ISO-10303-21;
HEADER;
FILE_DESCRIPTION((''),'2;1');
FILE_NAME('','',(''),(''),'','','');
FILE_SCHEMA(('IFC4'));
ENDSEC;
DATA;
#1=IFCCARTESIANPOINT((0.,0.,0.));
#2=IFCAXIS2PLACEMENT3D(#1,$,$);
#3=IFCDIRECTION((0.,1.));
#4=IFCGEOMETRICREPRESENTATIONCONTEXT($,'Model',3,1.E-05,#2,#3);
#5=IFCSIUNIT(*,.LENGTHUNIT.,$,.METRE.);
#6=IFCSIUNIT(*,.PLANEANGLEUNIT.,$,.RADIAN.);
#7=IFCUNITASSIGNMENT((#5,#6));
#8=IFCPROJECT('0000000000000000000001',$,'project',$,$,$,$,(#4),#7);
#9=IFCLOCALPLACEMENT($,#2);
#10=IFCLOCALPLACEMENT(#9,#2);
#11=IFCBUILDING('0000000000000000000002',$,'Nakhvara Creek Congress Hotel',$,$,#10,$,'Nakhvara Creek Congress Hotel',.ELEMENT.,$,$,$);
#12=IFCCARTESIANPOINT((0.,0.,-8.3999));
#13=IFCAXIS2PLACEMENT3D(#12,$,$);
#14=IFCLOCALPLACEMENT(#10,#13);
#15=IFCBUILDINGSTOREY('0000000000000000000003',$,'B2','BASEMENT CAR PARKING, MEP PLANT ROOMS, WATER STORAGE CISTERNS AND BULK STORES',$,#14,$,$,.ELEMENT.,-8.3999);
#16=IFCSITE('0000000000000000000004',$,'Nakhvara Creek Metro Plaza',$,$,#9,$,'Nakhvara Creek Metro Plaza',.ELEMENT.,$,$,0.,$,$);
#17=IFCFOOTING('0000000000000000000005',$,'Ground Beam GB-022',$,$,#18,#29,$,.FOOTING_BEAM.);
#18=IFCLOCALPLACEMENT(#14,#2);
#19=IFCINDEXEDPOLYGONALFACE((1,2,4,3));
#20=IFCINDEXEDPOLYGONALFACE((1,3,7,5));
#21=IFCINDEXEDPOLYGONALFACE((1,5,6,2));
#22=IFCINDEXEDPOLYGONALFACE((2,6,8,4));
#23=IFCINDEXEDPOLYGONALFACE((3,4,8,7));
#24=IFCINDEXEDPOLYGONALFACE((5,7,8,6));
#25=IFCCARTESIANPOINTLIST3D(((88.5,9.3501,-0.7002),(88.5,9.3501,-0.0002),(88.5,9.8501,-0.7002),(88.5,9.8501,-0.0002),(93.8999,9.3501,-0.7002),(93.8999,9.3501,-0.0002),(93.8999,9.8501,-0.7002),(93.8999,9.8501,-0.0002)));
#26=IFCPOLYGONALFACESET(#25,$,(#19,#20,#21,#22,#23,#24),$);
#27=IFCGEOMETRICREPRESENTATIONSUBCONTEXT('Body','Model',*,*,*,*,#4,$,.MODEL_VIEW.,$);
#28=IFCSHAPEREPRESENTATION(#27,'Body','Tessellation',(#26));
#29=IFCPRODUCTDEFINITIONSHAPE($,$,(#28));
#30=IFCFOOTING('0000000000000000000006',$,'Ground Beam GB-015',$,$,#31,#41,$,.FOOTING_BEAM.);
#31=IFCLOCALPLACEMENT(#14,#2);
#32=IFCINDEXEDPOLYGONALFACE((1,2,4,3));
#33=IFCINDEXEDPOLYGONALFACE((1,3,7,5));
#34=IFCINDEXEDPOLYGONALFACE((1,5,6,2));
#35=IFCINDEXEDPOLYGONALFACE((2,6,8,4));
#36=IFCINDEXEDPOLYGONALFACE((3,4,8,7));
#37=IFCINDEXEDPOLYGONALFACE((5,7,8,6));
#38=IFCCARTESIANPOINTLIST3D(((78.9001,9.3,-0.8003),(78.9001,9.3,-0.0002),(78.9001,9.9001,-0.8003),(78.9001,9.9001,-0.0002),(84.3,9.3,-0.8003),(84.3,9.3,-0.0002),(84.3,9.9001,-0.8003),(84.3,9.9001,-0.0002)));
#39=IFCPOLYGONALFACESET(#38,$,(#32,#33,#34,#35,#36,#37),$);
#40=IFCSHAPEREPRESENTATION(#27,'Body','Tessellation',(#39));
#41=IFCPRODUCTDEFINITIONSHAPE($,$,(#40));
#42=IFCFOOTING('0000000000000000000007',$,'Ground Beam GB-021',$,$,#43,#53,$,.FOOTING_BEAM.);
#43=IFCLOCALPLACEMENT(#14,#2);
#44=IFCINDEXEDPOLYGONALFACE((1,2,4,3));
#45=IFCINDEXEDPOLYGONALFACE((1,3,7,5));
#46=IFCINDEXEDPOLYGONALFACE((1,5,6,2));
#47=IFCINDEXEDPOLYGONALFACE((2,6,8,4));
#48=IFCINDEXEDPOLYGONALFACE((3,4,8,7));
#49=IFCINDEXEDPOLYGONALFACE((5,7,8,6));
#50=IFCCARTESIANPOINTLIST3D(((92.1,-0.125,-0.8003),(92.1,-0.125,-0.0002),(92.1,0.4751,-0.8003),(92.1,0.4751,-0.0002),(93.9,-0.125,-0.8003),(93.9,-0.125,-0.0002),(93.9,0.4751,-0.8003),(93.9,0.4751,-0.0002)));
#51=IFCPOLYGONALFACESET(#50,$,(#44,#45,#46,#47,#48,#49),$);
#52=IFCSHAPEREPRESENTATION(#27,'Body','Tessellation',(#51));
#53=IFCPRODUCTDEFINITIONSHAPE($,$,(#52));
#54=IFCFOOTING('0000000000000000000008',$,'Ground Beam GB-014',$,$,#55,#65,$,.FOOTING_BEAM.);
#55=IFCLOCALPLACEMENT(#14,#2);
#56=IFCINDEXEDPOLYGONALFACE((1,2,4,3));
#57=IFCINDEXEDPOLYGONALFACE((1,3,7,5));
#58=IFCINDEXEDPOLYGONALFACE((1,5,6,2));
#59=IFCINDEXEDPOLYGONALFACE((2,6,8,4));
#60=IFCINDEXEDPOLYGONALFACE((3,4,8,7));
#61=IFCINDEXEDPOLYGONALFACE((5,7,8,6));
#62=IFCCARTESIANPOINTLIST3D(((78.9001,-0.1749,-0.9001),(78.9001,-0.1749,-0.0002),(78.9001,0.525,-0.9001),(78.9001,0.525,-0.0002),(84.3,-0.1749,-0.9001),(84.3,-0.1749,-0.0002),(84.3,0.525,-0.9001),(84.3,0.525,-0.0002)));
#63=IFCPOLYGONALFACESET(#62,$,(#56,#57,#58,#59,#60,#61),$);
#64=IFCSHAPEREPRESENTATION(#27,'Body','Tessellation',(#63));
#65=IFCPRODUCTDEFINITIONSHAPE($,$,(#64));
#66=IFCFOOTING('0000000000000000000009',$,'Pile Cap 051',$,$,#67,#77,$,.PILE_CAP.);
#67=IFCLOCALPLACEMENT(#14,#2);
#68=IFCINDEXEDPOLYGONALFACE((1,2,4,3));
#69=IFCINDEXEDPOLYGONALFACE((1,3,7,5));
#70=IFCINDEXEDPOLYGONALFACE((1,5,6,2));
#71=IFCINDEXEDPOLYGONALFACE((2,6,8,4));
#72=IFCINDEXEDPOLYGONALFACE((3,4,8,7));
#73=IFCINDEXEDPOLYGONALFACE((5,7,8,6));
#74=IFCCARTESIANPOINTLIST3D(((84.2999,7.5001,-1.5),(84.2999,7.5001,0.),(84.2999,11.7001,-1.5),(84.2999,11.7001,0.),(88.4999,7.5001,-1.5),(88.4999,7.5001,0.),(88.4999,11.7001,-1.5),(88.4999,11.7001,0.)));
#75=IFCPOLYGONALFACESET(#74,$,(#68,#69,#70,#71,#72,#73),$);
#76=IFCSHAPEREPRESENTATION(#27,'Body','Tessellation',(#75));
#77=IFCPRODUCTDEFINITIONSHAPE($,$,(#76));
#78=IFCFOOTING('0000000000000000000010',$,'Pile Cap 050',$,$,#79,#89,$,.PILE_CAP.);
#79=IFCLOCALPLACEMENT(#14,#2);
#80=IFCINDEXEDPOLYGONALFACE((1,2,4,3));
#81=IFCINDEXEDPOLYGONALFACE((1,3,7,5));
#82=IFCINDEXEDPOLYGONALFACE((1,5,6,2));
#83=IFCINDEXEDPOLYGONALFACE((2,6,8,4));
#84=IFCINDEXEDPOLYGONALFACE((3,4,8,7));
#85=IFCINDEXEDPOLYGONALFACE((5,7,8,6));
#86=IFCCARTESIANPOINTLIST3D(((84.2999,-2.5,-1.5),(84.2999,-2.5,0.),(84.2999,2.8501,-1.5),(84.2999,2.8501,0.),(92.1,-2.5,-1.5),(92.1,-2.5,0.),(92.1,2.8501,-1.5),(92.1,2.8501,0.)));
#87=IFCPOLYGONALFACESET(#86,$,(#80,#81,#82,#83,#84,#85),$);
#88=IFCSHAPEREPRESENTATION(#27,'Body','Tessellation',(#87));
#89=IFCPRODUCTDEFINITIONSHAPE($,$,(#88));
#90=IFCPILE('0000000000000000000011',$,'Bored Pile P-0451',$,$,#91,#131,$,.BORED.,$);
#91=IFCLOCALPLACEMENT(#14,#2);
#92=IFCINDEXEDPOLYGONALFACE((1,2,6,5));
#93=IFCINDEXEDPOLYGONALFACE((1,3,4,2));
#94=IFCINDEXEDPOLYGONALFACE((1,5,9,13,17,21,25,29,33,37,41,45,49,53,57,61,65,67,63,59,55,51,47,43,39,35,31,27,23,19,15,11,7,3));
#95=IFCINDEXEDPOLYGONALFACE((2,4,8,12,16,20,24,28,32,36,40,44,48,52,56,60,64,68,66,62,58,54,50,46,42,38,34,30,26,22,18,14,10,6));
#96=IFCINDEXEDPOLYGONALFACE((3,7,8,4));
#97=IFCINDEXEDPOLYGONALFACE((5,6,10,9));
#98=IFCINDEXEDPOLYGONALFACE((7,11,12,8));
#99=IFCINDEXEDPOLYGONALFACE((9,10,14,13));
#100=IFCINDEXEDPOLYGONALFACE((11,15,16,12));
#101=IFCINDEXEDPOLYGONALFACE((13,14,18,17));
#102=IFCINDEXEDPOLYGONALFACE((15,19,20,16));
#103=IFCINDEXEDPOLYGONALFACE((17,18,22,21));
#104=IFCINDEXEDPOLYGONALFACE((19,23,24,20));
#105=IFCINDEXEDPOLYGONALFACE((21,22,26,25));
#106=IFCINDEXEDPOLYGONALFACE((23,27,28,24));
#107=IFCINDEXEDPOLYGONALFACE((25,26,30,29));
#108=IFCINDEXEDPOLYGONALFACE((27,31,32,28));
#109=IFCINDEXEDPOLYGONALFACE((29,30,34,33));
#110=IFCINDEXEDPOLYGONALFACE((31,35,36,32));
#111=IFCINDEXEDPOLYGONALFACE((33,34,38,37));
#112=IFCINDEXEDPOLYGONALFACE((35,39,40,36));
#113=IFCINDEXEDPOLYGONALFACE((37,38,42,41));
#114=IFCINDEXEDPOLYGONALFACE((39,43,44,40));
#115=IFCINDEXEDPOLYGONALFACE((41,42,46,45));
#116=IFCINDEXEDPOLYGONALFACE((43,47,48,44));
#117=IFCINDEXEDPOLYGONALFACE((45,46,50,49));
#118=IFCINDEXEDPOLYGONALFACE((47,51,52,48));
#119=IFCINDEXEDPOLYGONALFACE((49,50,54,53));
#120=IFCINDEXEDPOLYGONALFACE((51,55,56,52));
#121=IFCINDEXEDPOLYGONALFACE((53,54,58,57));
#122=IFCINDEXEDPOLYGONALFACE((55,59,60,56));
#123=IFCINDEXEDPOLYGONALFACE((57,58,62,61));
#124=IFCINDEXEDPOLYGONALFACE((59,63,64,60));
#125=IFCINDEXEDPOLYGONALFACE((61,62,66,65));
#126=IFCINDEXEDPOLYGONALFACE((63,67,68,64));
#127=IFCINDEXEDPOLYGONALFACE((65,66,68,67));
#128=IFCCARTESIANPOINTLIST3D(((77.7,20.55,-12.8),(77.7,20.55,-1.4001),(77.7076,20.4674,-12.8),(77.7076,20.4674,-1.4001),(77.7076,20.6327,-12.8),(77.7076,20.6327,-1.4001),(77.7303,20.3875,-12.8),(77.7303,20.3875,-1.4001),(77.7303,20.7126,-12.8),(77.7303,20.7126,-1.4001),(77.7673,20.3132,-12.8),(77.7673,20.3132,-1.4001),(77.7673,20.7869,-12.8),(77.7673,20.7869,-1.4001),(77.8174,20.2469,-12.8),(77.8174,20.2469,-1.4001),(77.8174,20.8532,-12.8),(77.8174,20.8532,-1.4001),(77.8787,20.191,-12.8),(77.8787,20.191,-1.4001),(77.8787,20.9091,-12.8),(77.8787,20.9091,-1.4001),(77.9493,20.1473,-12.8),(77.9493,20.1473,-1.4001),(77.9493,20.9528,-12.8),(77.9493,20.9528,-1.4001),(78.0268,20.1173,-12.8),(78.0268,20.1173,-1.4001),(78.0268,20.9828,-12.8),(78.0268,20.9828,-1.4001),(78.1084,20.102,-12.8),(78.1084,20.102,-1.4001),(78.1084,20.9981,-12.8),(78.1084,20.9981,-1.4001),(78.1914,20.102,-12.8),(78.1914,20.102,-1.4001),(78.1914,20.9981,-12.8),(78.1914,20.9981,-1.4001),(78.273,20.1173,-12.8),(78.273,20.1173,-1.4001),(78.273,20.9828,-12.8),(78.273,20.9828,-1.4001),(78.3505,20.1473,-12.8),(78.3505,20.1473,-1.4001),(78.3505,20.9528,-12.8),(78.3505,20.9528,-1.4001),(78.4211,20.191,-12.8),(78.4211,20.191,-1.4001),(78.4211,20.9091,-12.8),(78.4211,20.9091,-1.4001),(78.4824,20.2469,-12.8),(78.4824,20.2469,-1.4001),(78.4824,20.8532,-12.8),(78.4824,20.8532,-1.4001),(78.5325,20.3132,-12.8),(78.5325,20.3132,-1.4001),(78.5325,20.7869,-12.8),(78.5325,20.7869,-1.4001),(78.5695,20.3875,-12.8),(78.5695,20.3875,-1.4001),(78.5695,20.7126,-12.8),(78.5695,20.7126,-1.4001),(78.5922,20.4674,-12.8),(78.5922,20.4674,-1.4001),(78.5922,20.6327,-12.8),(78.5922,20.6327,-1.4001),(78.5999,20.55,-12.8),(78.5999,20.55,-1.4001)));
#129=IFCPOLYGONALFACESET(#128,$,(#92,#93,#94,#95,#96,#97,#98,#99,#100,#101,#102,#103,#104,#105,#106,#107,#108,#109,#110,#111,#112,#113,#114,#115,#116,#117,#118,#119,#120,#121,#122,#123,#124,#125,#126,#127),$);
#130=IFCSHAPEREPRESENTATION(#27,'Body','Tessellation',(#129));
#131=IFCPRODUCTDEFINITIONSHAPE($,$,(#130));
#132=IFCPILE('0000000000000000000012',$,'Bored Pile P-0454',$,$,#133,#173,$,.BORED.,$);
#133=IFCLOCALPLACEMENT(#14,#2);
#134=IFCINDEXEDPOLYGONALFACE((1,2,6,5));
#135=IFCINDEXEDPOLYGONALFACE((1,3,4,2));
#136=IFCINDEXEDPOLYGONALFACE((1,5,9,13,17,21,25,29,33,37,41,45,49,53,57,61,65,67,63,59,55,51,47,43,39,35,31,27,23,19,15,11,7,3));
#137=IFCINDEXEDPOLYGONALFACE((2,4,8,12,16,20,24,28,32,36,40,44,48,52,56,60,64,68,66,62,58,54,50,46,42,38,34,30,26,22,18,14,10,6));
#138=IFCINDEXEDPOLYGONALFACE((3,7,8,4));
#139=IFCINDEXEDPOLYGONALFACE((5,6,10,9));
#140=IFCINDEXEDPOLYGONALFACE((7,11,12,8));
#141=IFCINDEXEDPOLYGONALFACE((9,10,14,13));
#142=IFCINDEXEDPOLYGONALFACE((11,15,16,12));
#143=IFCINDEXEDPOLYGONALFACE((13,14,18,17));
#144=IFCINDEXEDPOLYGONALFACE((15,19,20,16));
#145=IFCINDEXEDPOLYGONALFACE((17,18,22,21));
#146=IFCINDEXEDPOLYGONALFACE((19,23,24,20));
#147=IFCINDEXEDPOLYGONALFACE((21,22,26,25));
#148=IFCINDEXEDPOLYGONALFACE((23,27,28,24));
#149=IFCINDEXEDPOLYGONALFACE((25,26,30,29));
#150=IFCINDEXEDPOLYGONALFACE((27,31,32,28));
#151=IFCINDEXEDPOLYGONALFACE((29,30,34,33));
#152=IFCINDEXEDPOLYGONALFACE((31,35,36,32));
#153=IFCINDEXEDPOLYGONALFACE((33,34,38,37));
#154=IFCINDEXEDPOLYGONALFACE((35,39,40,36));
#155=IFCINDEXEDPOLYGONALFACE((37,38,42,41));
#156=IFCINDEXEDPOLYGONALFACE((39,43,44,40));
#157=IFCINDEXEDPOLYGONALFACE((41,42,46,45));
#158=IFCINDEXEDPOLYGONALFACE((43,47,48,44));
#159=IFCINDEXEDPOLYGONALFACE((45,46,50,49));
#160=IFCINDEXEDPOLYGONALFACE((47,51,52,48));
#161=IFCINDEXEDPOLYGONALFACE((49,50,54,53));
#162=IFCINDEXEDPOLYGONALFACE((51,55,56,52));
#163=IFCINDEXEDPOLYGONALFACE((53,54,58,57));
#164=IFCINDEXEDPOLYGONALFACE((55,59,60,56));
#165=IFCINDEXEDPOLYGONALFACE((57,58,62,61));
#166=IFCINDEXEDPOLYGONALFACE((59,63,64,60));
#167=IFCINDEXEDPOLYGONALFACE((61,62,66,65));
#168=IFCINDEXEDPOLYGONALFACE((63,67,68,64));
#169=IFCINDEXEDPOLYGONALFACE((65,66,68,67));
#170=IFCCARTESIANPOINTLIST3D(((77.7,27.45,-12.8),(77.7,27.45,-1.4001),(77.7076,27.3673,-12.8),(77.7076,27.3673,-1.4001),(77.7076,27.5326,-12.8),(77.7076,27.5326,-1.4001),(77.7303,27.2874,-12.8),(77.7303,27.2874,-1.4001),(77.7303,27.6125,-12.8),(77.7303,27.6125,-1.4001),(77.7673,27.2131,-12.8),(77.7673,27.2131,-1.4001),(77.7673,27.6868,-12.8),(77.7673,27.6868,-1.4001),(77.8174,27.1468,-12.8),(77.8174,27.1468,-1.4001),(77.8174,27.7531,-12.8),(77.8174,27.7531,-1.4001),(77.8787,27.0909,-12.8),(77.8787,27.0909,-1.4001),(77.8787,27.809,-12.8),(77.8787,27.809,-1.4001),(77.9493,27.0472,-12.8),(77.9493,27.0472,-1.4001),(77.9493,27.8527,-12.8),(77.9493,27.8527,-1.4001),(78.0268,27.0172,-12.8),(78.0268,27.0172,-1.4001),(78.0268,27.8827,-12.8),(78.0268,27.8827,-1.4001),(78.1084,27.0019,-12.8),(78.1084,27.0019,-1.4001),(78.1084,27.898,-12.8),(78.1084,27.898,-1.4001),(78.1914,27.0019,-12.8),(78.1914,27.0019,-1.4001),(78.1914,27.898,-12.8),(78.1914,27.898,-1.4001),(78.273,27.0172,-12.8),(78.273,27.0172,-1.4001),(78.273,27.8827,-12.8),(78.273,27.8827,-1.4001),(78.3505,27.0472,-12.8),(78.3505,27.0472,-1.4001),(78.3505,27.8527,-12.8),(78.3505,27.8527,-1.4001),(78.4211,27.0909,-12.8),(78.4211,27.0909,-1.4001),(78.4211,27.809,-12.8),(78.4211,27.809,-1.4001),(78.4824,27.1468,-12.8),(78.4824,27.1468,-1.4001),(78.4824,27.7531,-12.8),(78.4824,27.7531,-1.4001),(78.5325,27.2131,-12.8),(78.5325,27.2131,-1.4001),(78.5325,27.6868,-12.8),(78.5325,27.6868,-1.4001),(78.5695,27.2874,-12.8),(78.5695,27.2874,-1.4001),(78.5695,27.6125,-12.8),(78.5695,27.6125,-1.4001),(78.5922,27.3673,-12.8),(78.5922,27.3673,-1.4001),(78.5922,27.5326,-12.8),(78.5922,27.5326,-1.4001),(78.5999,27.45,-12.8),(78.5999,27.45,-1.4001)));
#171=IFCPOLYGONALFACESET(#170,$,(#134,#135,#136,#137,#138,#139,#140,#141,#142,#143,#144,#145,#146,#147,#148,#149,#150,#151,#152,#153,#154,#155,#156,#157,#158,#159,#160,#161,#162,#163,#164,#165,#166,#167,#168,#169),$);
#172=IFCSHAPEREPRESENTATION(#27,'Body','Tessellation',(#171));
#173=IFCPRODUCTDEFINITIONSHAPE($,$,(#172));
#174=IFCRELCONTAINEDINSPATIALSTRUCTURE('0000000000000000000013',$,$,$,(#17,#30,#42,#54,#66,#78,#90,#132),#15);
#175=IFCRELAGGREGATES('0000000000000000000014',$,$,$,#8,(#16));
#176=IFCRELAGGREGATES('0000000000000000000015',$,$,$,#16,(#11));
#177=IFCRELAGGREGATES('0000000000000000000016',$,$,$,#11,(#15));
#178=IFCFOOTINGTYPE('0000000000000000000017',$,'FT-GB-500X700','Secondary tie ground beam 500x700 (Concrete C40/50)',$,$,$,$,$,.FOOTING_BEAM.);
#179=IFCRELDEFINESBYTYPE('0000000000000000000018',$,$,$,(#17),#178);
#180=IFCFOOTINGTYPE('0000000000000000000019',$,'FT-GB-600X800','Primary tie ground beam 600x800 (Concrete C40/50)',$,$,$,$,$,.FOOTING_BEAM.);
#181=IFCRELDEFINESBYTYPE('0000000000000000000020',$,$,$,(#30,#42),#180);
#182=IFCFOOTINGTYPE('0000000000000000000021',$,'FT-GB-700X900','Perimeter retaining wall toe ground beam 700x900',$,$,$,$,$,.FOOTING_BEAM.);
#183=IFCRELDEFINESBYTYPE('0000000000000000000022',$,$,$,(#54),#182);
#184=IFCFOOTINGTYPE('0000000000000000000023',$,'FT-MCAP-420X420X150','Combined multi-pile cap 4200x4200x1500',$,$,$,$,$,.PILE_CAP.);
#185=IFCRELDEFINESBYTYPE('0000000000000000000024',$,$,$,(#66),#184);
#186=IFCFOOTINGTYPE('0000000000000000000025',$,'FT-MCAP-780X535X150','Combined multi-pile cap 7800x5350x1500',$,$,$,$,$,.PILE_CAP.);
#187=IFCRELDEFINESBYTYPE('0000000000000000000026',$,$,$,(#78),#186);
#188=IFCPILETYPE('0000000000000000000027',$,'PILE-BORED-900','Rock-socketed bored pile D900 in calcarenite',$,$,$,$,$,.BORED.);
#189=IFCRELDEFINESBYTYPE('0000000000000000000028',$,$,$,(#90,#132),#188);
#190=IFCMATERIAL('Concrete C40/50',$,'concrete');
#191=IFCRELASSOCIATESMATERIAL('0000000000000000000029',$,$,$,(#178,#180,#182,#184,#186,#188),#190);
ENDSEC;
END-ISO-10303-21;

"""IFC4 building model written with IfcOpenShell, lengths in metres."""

from ifc_helpers import new_model, si_unit, direction, frame, origin, origin_2d, place, context, subcontext, project, spatial, rectangle, circle, extrude, material, material_profile, profile_set, type_object, element, save


model = new_model("IFC4")

# Units and contexts
model_context = context("Model", 3, precision=1e-05, world=origin(), true_north=direction((0.0, 1.0)))
body_context = subcontext(model_context, "Body", "Model", "MODEL_VIEW")
ifc_project = project(units=[si_unit("LENGTHUNIT", "METRE"), si_unit("PLANEANGLEUNIT", "RADIAN")], contexts=[model_context])

# Site, building, storey
site_placement = place(None, origin())
site = spatial("IfcSite", under=ifc_project, at=site_placement, Name="Nakhvara Creek Metro Plaza", LongName="Nakhvara Creek Metro Plaza", CompositionType="ELEMENT", RefElevation=0.0)
building_placement = place(site_placement, origin())
building = spatial("IfcBuilding", under=site, at=building_placement, Name="Nakhvara Creek Congress Hotel", LongName="Nakhvara Creek Congress Hotel", CompositionType="ELEMENT")
storey_placement = place(building_placement, frame((0.0, 0.0, -8.3999)))
storey = spatial("IfcBuildingStorey", under=building, at=storey_placement, Name="B2", Description="BASEMENT CAR PARKING, MEP PLANT ROOMS, WATER STORAGE CISTERNS AND BULK STORES", CompositionType="ELEMENT", Elevation=-8.3999)

# Footings
ifc_material_1 = material(Name="Concrete C40/50", Category="concrete")
footing_type_1 = type_object("IfcFootingType", Name="FT-GB-500X700", Description="Secondary tie ground beam 500x700 (Concrete C40/50)", PredefinedType="FOOTING_BEAM", material=ifc_material_1)
footing_1_placement = place(storey_placement, frame((91.2, 9.6001, -0.7002), z_axis=(0.0, 0.0, 1.0), x_axis=(1.0, 0.0, 0.0)))
element("IfcFooting", 1, at=footing_1_placement, inside=storey, type_object=footing_type_1, Name="Ground Beam GB-022", PredefinedType="FOOTING_BEAM", context=body_context, shape_type="SweptSolid", body=[
    extrude(rectangle(XDim=5.3999, YDim=0.5, at=origin_2d()), origin(), (0.0, 0.0, 1.0), 0.7),
])
footing_type_2 = type_object("IfcFootingType", Name="FT-GB-600X800", Description="Primary tie ground beam 600x800 (Concrete C40/50)", PredefinedType="FOOTING_BEAM", material=ifc_material_1)
footing_2_placement = place(storey_placement, frame((81.6001, 9.6001, -0.8003), z_axis=(0.0, 0.0, 1.0), x_axis=(1.0, 0.0, 0.0)))
element("IfcFooting", 2, at=footing_2_placement, inside=storey, type_object=footing_type_2, Name="Ground Beam GB-015", PredefinedType="FOOTING_BEAM", context=body_context, shape_type="SweptSolid", body=[
    extrude(rectangle(XDim=5.3999, YDim=0.6001, at=origin_2d()), origin(), (0.0, 0.0, 1.0), 0.8),
])
footing_3_placement = place(storey_placement, frame((93.0, 0.175, -0.8003), z_axis=(0.0, 0.0, 1.0), x_axis=(1.0, 0.0, 0.0)))
element("IfcFooting", 3, at=footing_3_placement, inside=storey, type_object=footing_type_2, Name="Ground Beam GB-021", PredefinedType="FOOTING_BEAM", context=body_context, shape_type="SweptSolid", body=[
    extrude(rectangle(XDim=1.8, YDim=0.6001, at=origin_2d()), origin(), (0.0, 0.0, 1.0), 0.8),
])
footing_type_3 = type_object("IfcFootingType", Name="FT-GB-700X900", Description="Perimeter retaining wall toe ground beam 700x900", PredefinedType="FOOTING_BEAM", material=ifc_material_1)
footing_4_placement = place(storey_placement, frame((81.6001, 0.175, -0.9001), z_axis=(0.0, 0.0, 1.0), x_axis=(1.0, 0.0, 0.0)))
element("IfcFooting", 4, at=footing_4_placement, inside=storey, type_object=footing_type_3, Name="Ground Beam GB-014", PredefinedType="FOOTING_BEAM", context=body_context, shape_type="SweptSolid", body=[
    extrude(rectangle(XDim=5.3999, YDim=0.7, at=origin_2d()), origin(), (0.0, 0.0, 1.0), 0.8999),
])
footing_type_4 = type_object("IfcFootingType", Name="FT-MCAP-420X420X150", Description="Combined multi-pile cap 4200x4200x1500", PredefinedType="PILE_CAP", material=ifc_material_1)
footing_5_placement = place(storey_placement, frame((86.3999, 9.6001, -1.5), z_axis=(0.0, 0.0, 1.0), x_axis=(1.0, 0.0, 0.0)))
element("IfcFooting", 5, at=footing_5_placement, inside=storey, type_object=footing_type_4, Name="Pile Cap 051", PredefinedType="PILE_CAP", context=body_context, shape_type="SweptSolid", body=[
    extrude(rectangle(XDim=4.2, YDim=4.2, at=origin_2d()), origin(), (0.0, 0.0, 1.0), 1.5),
])
footing_type_5 = type_object("IfcFootingType", Name="FT-MCAP-780X535X150", Description="Combined multi-pile cap 7800x5350x1500", PredefinedType="PILE_CAP", material=ifc_material_1)
footing_6_placement = place(storey_placement, frame((88.2, 0.175, -1.5), z_axis=(0.0, 0.0, 1.0), x_axis=(1.0, 0.0, 0.0)))
element("IfcFooting", 6, at=footing_6_placement, inside=storey, type_object=footing_type_5, Name="Pile Cap 050", PredefinedType="PILE_CAP", context=body_context, shape_type="SweptSolid", body=[
    extrude(rectangle(XDim=7.8, YDim=5.3501, at=origin_2d()), origin(), (0.0, 0.0, 1.0), 1.5),
])

# Piles
ifc_material_profile_1 = material_profile(ifc_material_1, circle(Radius=0.45, at=origin_2d()), Name="BORED PILE D900", Category="LoadBearing")
ifc_profile_set_1 = profile_set([ifc_material_profile_1], Name="Concrete C40/50")
pile_type = type_object("IfcPileType", Name="PILE-BORED-900", Description="Rock-socketed bored pile D900 in calcarenite", PredefinedType="BORED", material=ifc_profile_set_1)
for number, where, z_axis, x_axis, name in (
    (7, (78.1499, 20.55, -1.4001), (0.0, 0.0, -1.0), (1.0, 0.0, 0.0), "Bored Pile P-0451"),
    (8, (78.1499, 27.45, -1.4001), (0.0, 0.0, -1.0), (1.0, 0.0, 0.0), "Bored Pile P-0454"),
):
    element("IfcPile", number, at=place(storey_placement, frame(where, z_axis=z_axis, x_axis=x_axis)), inside=storey, type_object=pile_type, Name=name, PredefinedType="BORED", context=body_context, shape_type="SweptSolid", body=[
        extrude(circle(Radius=0.45, at=origin_2d()), origin(), (0.0, 0.0, 1.0), 11.3999),
    ])

save(model, "model.ifc")
